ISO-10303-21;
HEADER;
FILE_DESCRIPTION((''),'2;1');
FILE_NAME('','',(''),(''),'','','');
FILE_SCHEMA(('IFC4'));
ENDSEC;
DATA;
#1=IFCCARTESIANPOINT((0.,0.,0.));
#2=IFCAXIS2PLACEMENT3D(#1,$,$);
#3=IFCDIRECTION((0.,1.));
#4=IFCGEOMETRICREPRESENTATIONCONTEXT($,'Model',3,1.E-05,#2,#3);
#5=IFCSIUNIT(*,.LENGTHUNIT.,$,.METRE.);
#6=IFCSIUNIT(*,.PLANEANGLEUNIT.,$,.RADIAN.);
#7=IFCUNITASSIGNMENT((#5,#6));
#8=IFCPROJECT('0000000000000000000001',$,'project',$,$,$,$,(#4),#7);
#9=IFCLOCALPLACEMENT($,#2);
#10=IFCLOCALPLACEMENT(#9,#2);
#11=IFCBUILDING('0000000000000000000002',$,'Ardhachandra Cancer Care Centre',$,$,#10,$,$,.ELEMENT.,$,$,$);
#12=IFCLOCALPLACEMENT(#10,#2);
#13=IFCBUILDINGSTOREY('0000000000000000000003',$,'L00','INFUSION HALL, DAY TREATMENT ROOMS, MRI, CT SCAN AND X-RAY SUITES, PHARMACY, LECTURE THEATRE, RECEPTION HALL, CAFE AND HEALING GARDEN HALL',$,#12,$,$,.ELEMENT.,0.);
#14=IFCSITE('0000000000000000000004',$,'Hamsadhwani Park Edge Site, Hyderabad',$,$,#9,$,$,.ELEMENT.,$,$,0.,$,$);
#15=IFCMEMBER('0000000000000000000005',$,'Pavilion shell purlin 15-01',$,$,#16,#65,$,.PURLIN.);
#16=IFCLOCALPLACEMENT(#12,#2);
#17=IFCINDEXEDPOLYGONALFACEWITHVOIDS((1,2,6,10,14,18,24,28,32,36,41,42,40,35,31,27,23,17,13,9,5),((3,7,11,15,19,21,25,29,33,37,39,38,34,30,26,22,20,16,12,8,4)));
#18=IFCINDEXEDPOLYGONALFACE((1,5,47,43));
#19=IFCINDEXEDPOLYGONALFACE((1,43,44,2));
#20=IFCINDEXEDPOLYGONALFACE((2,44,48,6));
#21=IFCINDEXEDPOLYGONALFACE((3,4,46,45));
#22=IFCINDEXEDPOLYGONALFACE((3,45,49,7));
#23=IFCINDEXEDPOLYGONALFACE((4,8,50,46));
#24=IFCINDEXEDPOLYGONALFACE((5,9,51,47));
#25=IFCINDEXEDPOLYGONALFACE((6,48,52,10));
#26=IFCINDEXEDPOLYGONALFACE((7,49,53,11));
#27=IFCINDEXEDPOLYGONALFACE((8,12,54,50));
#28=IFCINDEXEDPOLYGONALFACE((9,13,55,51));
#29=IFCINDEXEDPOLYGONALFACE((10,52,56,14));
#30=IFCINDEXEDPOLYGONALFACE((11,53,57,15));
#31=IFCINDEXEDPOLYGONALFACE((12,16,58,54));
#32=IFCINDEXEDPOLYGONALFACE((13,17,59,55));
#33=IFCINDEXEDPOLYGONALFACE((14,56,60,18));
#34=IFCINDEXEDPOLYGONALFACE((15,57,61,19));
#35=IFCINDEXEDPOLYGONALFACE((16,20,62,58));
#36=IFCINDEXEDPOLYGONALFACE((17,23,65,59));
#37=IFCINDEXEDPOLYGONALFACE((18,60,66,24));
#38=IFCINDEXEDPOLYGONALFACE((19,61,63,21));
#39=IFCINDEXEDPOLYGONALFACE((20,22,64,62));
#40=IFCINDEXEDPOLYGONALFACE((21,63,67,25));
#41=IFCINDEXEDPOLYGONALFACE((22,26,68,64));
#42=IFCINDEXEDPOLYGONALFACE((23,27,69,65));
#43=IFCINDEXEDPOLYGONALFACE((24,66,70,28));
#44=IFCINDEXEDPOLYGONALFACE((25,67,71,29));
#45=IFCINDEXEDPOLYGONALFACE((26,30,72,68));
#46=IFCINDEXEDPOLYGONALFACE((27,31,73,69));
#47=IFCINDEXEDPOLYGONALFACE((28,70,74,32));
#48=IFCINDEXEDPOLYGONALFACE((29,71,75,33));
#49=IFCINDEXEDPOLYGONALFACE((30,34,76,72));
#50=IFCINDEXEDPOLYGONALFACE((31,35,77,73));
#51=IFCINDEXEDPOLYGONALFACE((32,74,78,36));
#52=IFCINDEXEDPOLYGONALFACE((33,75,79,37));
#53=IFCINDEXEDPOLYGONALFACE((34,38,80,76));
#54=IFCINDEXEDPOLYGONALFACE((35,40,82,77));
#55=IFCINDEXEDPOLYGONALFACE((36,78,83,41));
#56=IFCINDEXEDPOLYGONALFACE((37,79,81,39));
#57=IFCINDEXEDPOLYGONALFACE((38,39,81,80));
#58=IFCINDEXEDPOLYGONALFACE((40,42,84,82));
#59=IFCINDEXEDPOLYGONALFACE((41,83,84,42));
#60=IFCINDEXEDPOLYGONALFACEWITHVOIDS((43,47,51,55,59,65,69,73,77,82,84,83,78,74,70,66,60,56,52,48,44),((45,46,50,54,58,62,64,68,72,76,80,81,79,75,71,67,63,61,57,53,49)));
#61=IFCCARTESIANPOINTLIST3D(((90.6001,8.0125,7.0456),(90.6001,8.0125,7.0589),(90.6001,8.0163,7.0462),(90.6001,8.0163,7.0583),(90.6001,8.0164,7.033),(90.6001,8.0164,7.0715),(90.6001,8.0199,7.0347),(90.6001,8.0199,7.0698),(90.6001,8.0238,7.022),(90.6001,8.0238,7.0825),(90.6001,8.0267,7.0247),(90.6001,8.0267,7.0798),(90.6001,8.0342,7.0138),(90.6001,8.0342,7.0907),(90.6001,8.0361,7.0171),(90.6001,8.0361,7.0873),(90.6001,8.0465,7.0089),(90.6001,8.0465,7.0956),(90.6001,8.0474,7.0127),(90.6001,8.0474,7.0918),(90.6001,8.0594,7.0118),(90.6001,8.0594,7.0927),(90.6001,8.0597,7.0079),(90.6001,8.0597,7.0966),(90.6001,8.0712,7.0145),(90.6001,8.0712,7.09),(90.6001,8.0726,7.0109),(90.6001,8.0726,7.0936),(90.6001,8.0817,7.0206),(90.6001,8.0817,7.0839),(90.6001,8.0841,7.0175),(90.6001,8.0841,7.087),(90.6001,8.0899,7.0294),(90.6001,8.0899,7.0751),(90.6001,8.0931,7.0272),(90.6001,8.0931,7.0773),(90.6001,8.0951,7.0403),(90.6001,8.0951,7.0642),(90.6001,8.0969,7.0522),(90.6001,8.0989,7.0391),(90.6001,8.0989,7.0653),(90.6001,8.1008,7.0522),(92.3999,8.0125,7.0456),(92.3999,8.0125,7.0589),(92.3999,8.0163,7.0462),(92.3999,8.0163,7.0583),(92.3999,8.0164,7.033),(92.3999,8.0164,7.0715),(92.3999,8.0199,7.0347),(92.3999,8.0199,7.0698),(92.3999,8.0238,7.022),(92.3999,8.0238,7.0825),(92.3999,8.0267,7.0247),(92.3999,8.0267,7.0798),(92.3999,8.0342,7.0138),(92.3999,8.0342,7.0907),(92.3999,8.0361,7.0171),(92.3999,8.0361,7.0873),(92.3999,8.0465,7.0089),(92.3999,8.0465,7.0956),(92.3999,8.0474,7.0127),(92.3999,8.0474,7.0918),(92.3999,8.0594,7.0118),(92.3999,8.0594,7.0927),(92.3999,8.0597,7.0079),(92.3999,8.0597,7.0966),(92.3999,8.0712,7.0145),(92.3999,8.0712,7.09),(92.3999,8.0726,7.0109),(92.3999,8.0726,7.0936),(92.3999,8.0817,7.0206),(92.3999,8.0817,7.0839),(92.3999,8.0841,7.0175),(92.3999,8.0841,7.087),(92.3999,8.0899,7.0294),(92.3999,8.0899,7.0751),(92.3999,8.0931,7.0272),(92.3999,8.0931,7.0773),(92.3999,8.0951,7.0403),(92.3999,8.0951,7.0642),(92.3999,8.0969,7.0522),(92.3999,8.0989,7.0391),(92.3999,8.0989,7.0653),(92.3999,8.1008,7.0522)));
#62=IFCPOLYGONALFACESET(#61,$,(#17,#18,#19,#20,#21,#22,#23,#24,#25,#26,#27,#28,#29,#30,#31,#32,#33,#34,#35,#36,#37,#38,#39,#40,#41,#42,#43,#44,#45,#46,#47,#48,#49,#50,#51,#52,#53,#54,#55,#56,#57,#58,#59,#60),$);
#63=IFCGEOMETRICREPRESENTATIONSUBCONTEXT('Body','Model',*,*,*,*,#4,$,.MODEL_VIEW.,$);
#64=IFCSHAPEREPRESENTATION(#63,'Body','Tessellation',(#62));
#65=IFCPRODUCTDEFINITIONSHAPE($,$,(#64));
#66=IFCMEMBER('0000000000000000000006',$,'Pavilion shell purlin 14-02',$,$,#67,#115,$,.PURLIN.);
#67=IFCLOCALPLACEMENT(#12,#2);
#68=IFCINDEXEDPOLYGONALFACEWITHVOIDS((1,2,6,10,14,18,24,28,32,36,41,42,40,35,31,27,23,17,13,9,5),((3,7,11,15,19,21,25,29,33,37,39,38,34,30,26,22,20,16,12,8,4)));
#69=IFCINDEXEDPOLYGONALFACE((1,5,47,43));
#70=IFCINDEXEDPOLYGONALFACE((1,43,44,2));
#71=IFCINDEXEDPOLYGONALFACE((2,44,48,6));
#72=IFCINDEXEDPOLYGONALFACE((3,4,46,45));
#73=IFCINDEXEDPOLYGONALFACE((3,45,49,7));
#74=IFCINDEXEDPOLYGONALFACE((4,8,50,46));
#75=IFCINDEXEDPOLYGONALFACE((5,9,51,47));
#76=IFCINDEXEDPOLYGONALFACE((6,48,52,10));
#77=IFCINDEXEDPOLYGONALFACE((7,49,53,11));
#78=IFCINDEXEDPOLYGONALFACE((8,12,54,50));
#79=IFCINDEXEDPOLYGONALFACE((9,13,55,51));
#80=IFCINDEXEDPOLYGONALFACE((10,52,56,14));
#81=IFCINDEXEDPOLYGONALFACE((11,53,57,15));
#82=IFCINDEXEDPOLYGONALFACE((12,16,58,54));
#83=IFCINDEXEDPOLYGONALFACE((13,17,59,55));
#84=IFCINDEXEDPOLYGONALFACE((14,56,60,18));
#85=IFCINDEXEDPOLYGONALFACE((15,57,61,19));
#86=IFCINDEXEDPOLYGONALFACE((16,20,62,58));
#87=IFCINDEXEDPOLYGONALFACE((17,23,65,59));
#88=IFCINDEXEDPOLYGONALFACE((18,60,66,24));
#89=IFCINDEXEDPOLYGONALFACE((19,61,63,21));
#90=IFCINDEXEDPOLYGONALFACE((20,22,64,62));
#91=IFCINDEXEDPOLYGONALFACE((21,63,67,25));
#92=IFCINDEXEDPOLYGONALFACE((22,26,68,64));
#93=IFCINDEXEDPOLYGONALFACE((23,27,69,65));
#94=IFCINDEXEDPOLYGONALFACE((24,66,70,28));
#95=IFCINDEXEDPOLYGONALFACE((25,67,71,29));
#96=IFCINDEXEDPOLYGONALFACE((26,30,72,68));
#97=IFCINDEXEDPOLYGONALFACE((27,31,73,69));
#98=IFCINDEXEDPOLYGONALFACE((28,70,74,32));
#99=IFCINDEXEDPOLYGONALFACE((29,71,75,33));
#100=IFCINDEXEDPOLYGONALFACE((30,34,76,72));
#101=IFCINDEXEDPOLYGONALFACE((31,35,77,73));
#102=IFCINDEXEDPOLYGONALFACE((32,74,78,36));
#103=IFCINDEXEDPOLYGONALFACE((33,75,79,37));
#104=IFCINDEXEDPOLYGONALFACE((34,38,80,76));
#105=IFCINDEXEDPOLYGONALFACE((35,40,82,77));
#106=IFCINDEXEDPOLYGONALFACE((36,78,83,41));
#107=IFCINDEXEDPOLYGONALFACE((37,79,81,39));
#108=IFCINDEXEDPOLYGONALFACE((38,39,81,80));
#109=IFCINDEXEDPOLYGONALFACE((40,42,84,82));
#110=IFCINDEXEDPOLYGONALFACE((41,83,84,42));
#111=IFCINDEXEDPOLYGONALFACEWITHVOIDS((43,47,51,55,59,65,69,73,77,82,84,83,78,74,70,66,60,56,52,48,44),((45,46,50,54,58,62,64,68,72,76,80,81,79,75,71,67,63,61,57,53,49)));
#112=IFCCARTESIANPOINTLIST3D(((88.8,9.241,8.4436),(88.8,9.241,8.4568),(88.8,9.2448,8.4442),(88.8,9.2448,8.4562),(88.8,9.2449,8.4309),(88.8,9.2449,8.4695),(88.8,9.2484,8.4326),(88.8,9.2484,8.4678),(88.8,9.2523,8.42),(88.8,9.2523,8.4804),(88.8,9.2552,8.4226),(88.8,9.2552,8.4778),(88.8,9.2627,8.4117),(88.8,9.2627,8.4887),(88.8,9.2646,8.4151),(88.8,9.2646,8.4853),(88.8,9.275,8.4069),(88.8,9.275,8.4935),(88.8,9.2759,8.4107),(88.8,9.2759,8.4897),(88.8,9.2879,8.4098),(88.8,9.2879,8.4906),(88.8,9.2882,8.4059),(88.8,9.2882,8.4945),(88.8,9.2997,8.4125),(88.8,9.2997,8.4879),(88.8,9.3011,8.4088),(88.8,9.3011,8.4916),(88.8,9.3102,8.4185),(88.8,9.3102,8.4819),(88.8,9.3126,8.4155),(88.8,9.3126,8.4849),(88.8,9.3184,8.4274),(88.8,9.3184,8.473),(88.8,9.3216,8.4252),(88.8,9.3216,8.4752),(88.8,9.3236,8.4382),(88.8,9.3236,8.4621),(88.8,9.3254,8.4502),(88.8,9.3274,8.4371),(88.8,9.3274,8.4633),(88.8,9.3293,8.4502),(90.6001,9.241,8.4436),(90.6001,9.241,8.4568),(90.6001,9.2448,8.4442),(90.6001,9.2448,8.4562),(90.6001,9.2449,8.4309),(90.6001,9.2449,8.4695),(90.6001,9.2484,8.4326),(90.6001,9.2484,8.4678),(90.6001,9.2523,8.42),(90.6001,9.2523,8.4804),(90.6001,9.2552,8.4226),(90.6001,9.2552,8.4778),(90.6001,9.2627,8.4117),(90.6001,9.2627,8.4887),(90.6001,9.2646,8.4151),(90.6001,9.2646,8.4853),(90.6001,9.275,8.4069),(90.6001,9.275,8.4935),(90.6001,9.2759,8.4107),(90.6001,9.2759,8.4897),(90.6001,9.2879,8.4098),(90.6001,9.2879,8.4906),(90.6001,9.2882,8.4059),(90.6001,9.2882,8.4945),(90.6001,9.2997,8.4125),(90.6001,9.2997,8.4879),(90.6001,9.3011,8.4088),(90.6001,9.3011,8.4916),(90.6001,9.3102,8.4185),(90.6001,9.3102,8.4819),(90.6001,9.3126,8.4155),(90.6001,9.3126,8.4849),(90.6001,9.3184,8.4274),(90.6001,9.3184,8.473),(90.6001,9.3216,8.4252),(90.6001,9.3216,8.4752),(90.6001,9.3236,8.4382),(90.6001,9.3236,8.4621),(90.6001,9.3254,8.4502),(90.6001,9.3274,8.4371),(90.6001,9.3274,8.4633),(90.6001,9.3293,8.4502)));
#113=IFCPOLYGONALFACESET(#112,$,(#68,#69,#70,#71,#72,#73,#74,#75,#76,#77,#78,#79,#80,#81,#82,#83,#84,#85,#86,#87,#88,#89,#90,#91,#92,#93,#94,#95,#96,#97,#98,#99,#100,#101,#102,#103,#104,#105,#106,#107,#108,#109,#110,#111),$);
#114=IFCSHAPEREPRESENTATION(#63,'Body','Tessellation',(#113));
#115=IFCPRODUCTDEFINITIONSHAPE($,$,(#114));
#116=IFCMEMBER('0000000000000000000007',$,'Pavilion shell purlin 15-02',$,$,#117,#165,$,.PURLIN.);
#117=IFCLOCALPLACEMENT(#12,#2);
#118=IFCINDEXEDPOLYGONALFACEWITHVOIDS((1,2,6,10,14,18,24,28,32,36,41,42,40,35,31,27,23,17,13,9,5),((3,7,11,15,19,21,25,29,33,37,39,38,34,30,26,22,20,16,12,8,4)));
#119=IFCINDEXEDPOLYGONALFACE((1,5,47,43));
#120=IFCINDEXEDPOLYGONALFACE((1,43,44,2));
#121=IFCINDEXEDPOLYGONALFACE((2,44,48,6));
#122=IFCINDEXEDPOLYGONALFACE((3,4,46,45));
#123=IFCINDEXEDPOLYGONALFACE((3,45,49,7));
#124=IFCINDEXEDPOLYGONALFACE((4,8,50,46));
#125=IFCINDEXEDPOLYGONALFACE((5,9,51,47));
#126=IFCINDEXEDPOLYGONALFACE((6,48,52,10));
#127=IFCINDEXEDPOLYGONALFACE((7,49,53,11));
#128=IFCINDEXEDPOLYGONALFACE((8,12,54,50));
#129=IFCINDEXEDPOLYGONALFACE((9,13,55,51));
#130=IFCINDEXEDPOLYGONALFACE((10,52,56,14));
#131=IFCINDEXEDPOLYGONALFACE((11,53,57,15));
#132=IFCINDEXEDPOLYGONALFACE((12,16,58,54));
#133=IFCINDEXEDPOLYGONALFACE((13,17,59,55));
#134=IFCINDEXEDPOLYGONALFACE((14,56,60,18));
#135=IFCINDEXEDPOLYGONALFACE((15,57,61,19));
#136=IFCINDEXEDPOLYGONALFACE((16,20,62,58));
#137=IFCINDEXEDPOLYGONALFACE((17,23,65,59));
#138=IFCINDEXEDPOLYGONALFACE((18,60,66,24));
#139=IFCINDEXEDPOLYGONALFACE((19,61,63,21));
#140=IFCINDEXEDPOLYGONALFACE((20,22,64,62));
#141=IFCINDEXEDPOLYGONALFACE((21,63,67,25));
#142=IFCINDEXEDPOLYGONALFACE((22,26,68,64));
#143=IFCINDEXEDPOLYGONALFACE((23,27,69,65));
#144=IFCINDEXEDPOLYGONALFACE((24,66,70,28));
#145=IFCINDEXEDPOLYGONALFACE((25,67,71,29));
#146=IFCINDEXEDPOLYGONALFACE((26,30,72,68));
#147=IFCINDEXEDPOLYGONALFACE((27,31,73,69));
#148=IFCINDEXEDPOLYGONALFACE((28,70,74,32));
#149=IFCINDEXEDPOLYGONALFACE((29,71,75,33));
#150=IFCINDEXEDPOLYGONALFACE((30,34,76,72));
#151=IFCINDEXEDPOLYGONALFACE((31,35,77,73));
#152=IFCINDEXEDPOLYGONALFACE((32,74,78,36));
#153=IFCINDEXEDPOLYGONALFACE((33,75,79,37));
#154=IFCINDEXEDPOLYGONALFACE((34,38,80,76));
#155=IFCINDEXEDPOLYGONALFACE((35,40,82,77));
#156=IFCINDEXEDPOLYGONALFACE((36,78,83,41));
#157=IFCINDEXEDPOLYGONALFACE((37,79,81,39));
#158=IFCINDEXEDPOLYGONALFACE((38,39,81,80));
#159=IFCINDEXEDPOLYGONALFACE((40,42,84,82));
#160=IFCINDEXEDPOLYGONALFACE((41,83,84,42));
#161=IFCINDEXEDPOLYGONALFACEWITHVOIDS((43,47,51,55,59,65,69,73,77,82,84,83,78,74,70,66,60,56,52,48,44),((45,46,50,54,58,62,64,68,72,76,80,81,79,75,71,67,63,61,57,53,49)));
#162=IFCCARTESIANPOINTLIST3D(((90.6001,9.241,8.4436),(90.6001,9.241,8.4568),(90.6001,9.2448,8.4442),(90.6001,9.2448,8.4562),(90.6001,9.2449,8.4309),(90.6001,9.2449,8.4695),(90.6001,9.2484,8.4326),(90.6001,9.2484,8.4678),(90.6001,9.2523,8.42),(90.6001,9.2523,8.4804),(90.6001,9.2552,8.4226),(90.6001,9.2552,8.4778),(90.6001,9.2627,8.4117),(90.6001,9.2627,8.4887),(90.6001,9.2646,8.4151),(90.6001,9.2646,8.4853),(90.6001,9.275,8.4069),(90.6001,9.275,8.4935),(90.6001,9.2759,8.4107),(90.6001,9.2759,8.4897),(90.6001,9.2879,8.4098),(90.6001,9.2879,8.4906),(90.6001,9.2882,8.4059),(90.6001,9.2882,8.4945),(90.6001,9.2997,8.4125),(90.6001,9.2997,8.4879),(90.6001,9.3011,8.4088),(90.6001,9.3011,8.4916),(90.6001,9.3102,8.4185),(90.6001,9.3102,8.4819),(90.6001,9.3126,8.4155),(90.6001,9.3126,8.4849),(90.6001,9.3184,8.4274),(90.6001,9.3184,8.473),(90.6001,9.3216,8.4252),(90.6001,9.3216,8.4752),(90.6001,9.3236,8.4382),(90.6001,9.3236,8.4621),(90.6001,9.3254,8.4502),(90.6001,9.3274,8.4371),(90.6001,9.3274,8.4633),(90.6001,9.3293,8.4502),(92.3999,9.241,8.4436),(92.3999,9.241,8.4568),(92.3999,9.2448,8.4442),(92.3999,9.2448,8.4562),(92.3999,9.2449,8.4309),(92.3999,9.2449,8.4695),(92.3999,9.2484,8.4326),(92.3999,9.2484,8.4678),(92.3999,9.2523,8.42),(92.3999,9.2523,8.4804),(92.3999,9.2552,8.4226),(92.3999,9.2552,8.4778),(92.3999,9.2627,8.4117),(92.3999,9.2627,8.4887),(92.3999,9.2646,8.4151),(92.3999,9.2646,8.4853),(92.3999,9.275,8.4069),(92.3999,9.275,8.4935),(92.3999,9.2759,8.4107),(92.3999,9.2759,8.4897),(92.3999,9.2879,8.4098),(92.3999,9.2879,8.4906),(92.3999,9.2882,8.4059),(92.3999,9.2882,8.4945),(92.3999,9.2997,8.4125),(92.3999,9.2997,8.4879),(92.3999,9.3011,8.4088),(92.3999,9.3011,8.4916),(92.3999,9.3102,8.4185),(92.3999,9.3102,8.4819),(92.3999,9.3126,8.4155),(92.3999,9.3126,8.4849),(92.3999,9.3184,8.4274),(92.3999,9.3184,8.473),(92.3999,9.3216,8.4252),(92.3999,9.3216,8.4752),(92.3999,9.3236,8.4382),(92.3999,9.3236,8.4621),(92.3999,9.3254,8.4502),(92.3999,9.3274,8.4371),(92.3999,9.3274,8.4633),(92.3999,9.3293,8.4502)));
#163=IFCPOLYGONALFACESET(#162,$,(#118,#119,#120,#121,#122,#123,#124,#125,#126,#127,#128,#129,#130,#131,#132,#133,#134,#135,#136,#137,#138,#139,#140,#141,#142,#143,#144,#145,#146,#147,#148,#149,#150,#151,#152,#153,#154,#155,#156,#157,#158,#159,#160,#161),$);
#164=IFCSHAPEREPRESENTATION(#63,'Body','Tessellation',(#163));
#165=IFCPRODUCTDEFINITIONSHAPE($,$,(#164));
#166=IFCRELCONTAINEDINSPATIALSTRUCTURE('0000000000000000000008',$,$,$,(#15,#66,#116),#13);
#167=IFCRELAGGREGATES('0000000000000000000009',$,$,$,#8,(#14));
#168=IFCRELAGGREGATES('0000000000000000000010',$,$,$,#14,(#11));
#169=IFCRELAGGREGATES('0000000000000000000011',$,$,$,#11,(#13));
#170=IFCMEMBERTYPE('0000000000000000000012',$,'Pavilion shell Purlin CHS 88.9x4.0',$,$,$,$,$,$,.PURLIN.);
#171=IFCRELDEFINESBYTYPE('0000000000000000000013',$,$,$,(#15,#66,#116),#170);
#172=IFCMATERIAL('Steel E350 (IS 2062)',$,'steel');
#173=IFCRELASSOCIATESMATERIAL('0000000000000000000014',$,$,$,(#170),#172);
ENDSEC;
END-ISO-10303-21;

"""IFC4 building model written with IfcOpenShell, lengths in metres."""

from ifc_helpers import new_model, si_unit, direction, frame, origin, origin_2d, place, context, subcontext, project, spatial, hollow_circle, extrude, material, material_profile, profile_set, type_object, element, save


model = new_model("IFC4")

# Units and contexts
model_context = context("Model", 3, precision=1e-05, world=origin(), true_north=direction((0.0, 1.0)))
body_context = subcontext(model_context, "Body", "Model", "MODEL_VIEW")
ifc_project = project(units=[si_unit("LENGTHUNIT", "METRE"), si_unit("PLANEANGLEUNIT", "RADIAN")], contexts=[model_context])

# Site, building, storey
site_placement = place(None, origin())
site = spatial("IfcSite", under=ifc_project, at=site_placement, Name="Hamsadhwani Park Edge Site, Hyderabad", CompositionType="ELEMENT", RefElevation=0.0)
building_placement = place(site_placement, origin())
building = spatial("IfcBuilding", under=site, at=building_placement, Name="Ardhachandra Cancer Care Centre", CompositionType="ELEMENT")
storey_placement = place(building_placement, origin())
storey = spatial("IfcBuildingStorey", under=building, at=storey_placement, Name="L00", Description="INFUSION HALL, DAY TREATMENT ROOMS, MRI, CT SCAN AND X-RAY SUITES, PHARMACY, LECTURE THEATRE, RECEPTION HALL, CAFE AND HEALING GARDEN HALL", CompositionType="ELEMENT", Elevation=0.0)

# Members
ifc_material_1 = material(Name="Steel E350 (IS 2062)", Category="steel")
ifc_material_profile_1 = material_profile(ifc_material_1, hollow_circle(Radius=0.0444, WallThickness=0.0039, at=origin_2d()), Name="CHS 88.9x4.0")
ifc_profile_set_1 = profile_set([ifc_material_profile_1], Name="Steel E350 (IS 2062)")
member_type_1 = type_object("IfcMemberType", Name="Pavilion shell Purlin CHS 88.9x4.0", PredefinedType="PURLIN", material=ifc_profile_set_1)
member_1_placement = place(storey_placement, frame((90.6001, 8.0564, 7.0522), z_axis=(1.0, 0.0, 0.0), x_axis=(0.0, 1.0, 0.0)))
element("IfcMember", 1, at=member_1_placement, inside=storey, type_object=member_type_1, Name="Pavilion shell purlin 15-01", PredefinedType="PURLIN", context=body_context, shape_type="SweptSolid", body=[
    extrude(hollow_circle(Radius=0.0444, WallThickness=0.0039, at=origin_2d()), origin(), (0.0, 0.0, 1.0), 1.7998),
])
member_2_placement = place(storey_placement, frame((88.8, 9.2849, 8.4502), z_axis=(1.0, 0.0, 0.0), x_axis=(0.0, 1.0, 0.0)))
element("IfcMember", 2, at=member_2_placement, inside=storey, type_object=member_type_1, Name="Pavilion shell purlin 14-02", PredefinedType="PURLIN", context=body_context, shape_type="SweptSolid", body=[
    extrude(hollow_circle(Radius=0.0444, WallThickness=0.0039, at=origin_2d()), origin(), (0.0, 0.0, 1.0), 1.8),
])
member_3_placement = place(storey_placement, frame((90.6001, 9.2849, 8.4502), z_axis=(1.0, 0.0, 0.0), x_axis=(0.0, 1.0, 0.0)))
element("IfcMember", 3, at=member_3_placement, inside=storey, type_object=member_type_1, Name="Pavilion shell purlin 15-02", PredefinedType="PURLIN", context=body_context, shape_type="SweptSolid", body=[
    extrude(hollow_circle(Radius=0.0444, WallThickness=0.0039, at=origin_2d()), origin(), (0.0, 0.0, 1.0), 1.7998),
])

save(model, "model.ifc")
